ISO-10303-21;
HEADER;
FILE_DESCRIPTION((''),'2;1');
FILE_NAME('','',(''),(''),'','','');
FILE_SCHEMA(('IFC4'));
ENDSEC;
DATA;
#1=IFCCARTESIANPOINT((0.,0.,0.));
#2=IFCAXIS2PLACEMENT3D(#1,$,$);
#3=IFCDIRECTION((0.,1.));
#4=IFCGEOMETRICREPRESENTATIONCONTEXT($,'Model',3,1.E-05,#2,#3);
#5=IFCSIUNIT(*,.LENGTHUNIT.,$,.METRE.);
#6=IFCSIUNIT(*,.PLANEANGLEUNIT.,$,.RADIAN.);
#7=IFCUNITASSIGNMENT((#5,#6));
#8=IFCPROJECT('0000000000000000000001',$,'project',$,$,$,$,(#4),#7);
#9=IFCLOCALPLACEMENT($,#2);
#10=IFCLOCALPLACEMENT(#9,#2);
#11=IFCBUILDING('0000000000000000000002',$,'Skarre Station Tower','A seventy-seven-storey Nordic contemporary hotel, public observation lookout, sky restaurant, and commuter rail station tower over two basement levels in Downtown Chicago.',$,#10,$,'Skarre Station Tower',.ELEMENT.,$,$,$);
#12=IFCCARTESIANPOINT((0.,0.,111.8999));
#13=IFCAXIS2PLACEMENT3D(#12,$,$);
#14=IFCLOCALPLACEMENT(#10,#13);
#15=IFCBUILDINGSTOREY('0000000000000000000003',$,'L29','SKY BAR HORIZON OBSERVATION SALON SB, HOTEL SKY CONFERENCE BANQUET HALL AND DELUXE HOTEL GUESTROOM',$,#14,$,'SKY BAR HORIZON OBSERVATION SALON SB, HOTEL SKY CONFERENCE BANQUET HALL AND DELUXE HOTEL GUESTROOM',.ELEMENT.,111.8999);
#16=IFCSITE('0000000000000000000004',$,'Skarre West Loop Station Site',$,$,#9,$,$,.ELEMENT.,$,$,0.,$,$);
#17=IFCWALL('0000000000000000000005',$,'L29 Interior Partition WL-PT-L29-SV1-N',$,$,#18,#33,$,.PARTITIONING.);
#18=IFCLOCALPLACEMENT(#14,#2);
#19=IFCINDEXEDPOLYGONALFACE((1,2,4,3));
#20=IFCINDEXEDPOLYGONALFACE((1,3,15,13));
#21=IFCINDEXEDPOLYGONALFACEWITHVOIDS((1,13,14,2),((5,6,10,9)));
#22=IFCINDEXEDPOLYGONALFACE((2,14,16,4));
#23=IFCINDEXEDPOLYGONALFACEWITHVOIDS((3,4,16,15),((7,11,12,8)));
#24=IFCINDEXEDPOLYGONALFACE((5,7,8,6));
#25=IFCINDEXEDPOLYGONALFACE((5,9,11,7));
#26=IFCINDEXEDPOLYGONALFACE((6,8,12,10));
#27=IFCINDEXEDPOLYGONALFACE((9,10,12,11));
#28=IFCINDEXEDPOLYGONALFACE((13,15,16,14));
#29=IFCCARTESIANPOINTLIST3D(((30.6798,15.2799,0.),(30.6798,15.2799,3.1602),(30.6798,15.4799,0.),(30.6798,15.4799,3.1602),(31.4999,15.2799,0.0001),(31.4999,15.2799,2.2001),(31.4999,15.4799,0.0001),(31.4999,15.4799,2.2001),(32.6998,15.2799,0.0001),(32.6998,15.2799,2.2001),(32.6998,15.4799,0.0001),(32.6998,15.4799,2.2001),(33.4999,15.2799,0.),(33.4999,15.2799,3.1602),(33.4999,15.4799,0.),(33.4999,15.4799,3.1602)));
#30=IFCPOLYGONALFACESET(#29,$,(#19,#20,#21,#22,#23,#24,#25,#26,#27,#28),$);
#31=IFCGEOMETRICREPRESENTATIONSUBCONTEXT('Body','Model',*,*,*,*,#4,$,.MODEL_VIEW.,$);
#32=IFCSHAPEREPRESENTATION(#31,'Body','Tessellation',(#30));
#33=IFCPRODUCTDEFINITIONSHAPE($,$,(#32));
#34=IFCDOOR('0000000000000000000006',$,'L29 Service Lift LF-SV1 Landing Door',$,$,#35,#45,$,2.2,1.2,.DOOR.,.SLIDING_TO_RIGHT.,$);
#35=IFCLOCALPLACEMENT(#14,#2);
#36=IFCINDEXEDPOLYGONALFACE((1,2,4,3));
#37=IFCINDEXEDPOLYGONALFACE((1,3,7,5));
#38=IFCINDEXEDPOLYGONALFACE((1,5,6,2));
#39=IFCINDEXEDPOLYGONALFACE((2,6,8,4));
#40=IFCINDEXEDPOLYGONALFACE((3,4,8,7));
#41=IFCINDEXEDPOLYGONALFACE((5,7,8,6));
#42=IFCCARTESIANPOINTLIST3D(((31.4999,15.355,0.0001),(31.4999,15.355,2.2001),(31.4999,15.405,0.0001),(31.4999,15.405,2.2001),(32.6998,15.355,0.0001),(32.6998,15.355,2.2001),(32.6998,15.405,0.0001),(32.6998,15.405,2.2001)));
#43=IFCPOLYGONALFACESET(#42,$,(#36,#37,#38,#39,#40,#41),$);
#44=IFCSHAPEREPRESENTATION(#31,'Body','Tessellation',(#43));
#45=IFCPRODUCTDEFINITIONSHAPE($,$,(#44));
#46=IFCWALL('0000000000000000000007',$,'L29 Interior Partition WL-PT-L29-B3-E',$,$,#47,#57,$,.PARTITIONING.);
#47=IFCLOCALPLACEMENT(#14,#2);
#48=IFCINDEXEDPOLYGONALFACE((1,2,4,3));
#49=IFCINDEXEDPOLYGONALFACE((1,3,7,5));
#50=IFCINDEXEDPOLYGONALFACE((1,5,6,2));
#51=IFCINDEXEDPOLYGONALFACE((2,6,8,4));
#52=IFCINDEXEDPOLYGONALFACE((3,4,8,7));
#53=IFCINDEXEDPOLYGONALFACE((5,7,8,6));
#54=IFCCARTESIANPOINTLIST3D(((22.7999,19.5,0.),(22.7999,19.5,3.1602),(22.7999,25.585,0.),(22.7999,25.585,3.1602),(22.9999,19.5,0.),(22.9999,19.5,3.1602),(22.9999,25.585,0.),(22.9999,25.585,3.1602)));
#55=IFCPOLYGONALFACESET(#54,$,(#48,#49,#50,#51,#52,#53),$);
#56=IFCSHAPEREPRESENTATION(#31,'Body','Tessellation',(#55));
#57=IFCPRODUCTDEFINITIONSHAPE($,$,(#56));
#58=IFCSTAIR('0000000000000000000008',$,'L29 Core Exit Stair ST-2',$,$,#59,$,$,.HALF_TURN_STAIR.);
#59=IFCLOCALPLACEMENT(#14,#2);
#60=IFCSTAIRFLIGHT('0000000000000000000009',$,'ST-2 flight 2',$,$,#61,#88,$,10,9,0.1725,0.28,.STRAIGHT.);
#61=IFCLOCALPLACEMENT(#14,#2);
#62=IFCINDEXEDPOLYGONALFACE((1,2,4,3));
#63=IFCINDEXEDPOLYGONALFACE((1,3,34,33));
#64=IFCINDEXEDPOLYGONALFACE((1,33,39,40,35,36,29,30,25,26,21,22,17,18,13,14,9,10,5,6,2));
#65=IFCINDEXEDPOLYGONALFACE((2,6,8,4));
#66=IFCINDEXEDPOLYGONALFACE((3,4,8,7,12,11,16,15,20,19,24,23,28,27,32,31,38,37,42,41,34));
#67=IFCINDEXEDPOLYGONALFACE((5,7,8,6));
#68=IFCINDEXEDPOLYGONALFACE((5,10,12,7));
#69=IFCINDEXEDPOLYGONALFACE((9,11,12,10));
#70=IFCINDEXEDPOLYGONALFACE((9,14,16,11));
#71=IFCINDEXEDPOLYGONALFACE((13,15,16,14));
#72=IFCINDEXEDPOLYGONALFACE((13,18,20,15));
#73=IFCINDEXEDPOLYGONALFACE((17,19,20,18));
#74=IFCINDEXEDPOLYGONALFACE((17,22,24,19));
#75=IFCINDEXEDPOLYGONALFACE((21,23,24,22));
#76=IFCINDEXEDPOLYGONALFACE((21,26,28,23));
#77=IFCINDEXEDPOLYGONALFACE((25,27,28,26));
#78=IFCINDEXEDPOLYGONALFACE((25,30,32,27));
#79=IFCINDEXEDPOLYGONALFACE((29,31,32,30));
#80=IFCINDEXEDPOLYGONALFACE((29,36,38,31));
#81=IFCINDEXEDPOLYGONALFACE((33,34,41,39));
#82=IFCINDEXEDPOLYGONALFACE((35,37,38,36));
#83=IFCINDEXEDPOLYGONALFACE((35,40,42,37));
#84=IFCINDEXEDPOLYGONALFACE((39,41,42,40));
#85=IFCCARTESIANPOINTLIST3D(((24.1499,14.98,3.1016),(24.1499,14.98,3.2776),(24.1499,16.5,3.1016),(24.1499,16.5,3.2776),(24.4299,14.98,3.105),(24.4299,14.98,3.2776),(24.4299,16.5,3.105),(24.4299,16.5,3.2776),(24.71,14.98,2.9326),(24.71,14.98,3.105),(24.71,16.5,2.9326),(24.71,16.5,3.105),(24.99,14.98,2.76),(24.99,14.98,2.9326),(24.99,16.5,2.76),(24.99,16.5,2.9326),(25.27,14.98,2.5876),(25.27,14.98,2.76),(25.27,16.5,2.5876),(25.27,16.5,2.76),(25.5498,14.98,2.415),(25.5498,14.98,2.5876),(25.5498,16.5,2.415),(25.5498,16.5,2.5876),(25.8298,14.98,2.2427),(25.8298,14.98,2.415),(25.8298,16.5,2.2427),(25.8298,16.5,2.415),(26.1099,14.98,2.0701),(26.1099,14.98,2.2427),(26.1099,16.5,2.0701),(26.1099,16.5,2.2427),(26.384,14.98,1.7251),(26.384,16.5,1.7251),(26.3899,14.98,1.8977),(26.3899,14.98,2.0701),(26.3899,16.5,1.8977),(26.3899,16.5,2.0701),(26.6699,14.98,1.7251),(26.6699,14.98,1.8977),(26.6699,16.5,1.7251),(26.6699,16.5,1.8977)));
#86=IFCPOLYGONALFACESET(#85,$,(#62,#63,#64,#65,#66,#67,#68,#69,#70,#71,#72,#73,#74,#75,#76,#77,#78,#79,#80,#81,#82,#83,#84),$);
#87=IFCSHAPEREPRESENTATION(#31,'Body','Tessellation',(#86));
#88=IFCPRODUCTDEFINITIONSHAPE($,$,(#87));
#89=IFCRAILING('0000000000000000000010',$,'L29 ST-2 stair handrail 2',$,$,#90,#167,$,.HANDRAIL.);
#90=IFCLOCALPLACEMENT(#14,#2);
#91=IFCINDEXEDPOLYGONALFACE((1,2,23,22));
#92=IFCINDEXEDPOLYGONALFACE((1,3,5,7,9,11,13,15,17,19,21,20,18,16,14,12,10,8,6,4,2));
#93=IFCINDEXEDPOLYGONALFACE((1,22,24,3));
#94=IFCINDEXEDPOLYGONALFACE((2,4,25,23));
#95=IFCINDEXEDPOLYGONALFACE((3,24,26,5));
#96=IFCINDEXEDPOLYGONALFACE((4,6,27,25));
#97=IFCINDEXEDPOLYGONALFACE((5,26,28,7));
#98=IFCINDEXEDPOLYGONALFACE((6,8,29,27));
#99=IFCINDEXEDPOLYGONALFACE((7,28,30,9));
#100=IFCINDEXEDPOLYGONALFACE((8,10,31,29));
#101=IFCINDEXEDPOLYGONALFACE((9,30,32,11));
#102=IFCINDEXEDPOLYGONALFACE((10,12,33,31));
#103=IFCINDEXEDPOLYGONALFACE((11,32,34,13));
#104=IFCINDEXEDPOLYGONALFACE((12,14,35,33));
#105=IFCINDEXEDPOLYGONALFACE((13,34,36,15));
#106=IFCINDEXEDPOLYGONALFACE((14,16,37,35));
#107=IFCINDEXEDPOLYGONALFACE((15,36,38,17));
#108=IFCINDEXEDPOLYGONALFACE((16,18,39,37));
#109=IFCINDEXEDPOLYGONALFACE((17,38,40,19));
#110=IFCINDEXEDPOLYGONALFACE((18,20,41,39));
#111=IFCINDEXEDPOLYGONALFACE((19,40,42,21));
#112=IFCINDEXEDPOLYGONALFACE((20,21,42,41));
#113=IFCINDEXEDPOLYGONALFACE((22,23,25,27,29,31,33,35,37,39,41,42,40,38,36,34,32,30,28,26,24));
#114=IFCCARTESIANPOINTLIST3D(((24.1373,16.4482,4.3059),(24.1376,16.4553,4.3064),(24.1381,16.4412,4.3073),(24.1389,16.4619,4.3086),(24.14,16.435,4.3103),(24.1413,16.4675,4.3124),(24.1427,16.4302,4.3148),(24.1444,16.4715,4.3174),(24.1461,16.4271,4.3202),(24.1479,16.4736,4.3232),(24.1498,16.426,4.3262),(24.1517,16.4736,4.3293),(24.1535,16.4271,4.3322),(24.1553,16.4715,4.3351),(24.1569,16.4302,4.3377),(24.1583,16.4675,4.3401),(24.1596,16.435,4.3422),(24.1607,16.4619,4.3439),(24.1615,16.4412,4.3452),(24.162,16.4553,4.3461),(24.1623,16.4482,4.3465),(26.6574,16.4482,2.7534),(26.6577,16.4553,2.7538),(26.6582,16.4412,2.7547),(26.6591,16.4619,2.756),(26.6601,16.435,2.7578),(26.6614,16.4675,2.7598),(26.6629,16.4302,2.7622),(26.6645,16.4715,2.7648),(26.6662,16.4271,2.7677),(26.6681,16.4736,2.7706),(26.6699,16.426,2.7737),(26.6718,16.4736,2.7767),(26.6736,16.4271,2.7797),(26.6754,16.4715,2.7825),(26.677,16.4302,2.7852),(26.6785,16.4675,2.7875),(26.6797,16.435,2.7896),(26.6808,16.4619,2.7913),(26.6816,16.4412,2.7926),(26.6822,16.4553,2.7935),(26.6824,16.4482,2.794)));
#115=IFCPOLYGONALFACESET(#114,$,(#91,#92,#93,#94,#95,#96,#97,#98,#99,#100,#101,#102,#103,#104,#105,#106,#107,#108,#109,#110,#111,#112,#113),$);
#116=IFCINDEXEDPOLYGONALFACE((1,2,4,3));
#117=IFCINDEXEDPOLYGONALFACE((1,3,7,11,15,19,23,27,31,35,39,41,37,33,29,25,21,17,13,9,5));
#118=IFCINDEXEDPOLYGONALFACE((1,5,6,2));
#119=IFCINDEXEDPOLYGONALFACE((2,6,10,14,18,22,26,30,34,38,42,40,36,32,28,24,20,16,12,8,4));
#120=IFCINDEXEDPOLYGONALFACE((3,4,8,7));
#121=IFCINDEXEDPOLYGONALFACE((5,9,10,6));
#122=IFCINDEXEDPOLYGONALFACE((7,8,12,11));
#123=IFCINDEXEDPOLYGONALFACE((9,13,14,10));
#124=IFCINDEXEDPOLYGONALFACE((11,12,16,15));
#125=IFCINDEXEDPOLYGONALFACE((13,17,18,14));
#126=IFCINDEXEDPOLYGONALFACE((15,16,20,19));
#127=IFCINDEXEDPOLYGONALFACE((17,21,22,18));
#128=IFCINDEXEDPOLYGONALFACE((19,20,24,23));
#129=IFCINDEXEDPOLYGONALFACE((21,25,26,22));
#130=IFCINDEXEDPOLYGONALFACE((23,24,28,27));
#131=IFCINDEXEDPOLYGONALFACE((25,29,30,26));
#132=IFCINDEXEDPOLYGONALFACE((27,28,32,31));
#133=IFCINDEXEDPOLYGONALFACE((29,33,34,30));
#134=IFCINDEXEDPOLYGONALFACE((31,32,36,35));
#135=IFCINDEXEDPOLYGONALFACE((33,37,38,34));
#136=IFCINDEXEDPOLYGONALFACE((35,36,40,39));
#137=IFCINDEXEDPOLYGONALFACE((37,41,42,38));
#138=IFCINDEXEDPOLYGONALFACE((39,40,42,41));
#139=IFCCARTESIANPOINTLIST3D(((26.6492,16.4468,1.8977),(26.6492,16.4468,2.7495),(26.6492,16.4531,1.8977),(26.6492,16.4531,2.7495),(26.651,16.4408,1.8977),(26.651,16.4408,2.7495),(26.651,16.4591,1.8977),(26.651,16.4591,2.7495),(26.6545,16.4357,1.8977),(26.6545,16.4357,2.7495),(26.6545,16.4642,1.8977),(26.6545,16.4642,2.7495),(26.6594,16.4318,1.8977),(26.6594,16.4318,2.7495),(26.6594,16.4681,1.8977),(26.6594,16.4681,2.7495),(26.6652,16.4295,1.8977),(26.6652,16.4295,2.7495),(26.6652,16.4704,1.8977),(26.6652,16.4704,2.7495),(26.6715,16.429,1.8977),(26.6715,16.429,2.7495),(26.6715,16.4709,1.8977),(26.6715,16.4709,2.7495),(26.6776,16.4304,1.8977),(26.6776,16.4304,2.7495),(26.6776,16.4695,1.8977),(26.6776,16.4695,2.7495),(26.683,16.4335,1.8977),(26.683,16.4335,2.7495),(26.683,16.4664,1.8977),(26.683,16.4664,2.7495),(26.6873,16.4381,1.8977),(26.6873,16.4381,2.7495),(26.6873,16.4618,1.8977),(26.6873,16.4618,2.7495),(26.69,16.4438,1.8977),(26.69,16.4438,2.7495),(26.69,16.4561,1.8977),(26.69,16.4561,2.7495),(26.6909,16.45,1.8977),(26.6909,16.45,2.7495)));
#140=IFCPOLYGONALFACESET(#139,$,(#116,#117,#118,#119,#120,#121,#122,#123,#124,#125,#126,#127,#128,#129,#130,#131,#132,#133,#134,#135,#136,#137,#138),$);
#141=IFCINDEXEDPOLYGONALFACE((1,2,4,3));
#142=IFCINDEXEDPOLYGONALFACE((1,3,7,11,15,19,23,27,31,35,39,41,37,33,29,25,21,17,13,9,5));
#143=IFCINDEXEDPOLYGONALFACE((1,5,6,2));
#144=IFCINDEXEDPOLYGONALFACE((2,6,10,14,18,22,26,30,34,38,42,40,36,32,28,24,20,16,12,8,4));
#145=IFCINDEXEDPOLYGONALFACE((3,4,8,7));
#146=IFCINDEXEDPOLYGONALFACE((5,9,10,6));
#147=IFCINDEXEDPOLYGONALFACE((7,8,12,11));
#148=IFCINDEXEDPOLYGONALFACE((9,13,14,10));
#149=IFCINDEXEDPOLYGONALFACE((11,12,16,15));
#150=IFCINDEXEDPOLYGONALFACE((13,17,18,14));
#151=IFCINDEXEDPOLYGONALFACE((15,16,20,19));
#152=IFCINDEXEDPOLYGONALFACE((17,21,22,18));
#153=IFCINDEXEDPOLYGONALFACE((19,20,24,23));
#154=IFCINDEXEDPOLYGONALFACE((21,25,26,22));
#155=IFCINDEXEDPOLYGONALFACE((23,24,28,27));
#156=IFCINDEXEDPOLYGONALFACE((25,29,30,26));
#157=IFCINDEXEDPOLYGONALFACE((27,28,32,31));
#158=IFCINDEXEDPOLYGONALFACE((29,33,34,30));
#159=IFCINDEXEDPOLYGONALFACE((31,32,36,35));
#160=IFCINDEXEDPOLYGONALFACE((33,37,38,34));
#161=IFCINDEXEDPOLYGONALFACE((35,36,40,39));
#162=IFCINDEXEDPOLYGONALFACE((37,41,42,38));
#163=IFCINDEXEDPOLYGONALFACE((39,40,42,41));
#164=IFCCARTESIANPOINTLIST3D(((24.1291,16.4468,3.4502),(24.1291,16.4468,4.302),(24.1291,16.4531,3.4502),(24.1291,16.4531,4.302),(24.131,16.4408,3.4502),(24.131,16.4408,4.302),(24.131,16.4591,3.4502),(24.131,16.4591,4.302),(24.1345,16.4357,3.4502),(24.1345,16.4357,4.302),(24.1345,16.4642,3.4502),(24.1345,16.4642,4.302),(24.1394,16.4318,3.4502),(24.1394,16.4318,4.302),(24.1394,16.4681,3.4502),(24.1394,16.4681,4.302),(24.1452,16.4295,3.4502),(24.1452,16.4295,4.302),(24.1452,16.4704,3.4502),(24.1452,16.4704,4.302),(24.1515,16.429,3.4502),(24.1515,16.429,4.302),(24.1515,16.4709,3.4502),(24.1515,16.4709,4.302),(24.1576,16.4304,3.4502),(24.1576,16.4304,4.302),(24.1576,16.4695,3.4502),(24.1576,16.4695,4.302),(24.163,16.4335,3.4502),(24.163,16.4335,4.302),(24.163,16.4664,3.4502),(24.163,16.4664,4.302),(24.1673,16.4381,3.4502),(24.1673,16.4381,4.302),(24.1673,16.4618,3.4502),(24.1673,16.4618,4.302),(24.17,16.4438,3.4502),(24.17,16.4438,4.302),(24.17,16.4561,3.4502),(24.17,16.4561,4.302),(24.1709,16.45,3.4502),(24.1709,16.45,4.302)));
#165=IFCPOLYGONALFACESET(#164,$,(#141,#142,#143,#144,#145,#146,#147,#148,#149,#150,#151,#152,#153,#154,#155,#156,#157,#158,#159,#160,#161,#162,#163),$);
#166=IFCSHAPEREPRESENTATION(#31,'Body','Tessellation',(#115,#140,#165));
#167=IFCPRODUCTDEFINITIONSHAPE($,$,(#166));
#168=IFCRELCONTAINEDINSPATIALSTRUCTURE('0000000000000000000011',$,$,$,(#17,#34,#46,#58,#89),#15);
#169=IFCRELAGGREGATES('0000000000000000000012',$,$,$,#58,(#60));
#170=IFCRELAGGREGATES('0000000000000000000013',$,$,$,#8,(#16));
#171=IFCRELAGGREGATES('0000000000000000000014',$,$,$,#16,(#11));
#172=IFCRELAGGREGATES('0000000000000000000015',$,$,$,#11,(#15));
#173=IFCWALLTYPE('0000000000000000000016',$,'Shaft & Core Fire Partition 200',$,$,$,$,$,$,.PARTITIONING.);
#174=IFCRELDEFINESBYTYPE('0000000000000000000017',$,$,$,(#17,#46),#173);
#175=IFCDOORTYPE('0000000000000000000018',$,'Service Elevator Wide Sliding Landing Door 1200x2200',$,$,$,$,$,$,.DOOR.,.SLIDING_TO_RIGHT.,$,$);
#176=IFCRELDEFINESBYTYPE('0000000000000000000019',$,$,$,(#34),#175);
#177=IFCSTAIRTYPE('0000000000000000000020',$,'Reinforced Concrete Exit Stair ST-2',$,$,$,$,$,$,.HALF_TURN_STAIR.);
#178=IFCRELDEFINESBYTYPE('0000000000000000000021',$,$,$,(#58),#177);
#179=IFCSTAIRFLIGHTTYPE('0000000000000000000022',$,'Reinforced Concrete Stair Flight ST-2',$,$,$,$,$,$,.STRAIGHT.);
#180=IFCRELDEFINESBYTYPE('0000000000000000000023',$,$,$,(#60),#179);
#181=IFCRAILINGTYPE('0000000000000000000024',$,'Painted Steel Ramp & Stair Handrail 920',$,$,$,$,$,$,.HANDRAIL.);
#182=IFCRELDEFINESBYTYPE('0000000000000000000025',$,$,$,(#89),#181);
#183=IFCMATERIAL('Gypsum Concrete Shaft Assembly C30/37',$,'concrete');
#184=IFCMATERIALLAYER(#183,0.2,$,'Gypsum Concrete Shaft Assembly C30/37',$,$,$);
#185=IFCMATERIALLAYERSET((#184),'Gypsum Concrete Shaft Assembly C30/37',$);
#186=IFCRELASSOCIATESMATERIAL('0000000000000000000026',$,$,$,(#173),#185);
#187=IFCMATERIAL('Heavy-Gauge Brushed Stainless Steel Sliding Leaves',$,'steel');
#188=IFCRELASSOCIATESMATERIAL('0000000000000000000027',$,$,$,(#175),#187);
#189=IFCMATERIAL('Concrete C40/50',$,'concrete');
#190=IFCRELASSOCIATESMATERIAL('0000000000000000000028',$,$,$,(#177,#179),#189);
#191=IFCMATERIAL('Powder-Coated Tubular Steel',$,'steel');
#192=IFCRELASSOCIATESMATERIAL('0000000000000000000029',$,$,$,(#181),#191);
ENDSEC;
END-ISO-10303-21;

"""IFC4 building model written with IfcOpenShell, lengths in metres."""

from ifc_helpers import new_model, si_unit, direction, frame, frame_2d, origin, origin_2d, place, context, subcontext, project, spatial, polyline, rectangle, circle, outline, extrude, material, layer, layer_set, type_object, element, fill, aggregate, save


model = new_model("IFC4")

# Units and contexts
model_context = context("Model", 3, precision=1e-05, world=origin(), true_north=direction((0.0, 1.0)))
body_context = subcontext(model_context, "Body", "Model", "MODEL_VIEW")
ifc_project = project(units=[si_unit("LENGTHUNIT", "METRE"), si_unit("PLANEANGLEUNIT", "RADIAN")], contexts=[model_context])

# Site, building, storey
site_placement = place(None, origin())
site = spatial("IfcSite", under=ifc_project, at=site_placement, Name="Skarre West Loop Station Site", CompositionType="ELEMENT", RefElevation=0.0)
building_placement = place(site_placement, origin())
building = spatial("IfcBuilding", under=site, at=building_placement, Name="Skarre Station Tower", Description="A seventy-seven-storey Nordic contemporary hotel, public observation lookout, sky restaurant, and commuter rail station tower over two basement levels in Downtown Chicago.", LongName="Skarre Station Tower", CompositionType="ELEMENT")
storey_placement = place(building_placement, frame((0.0, 0.0, 111.8999)))
storey = spatial("IfcBuildingStorey", under=building, at=storey_placement, Name="L29", Description="SKY BAR HORIZON OBSERVATION SALON SB, HOTEL SKY CONFERENCE BANQUET HALL AND DELUXE HOTEL GUESTROOM", LongName="SKY BAR HORIZON OBSERVATION SALON SB, HOTEL SKY CONFERENCE BANQUET HALL AND DELUXE HOTEL GUESTROOM", CompositionType="ELEMENT", Elevation=111.8999)

# Wall, opening, door
ifc_material_1 = material(Name="Gypsum Concrete Shaft Assembly C30/37", Category="concrete")
ifc_layer_1 = layer(ifc_material_1, 0.2, Name="Gypsum Concrete Shaft Assembly C30/37")
ifc_layer_set_1 = layer_set([ifc_layer_1], Name="Gypsum Concrete Shaft Assembly C30/37")
wall_type_1 = type_object("IfcWallType", Name="Shaft & Core Fire Partition 200", PredefinedType="PARTITIONING", material=ifc_layer_set_1)
wall_1_placement = place(storey_placement, frame((33.5, 15.3799, 0.0), z_axis=(0.0, 0.0, 1.0), x_axis=(-1.0, 0.0, 0.0)))
wall_1 = element("IfcWall", 1, at=wall_1_placement, inside=storey, type_object=wall_type_1, Name="L29 Interior Partition WL-PT-L29-SV1-N", PredefinedType="PARTITIONING", context=body_context, shape_type="SweptSolid", body=[
    extrude(rectangle(XDim=2.8201, YDim=0.2, at=frame_2d((1.4102, 0.0))), origin(), (0.0, 0.0, 1.0), 3.1602),
])
opening_1_placement = place(wall_1_placement, frame((0.8, 0.0, 0.0)))
opening_1 = element("IfcOpeningElement", 2, at=opening_1_placement, cuts=wall_1, PredefinedType="OPENING", context=body_context, shape_type="SweptSolid", body=[
    extrude(rectangle(XDim=1.2, YDim=2.2, at=frame_2d((0.6001, 1.1001))), frame((0.0, 0.1099, 0.0), z_axis=(0.0, -1.0, 0.0), x_axis=(1.0, 0.0, 0.0)), (0.0, 0.0, 1.0), 0.22),
])
ifc_material_2 = material(Name="Heavy-Gauge Brushed Stainless Steel Sliding Leaves", Category="steel")
door_type_1 = type_object("IfcDoorType", Name="Service Elevator Wide Sliding Landing Door 1200x2200", OperationType="SLIDING_TO_RIGHT", PredefinedType="DOOR", material=ifc_material_2)
door_1_placement = place(opening_1_placement, origin())
door_1 = element("IfcDoor", 3, at=door_1_placement, inside=storey, type_object=door_type_1, Name="L29 Service Lift LF-SV1 Landing Door", OperationType="SLIDING_TO_RIGHT", OverallHeight=2.2, OverallWidth=1.2, PredefinedType="DOOR", context=body_context, shape_type="SweptSolid", body=[
    extrude(rectangle(XDim=1.2, YDim=2.2, at=frame_2d((0.6001, 1.1001))), frame((0.0, 0.0249, 0.0), z_axis=(0.0, -1.0, 0.0), x_axis=(1.0, 0.0, 0.0)), (0.0, 0.0, 1.0), 0.05),
])
fill(opening_1, door_1)

# Wall
wall_2_placement = place(storey_placement, frame((22.8999, 19.5, 0.0), z_axis=(0.0, 0.0, 1.0), x_axis=(0.0, 1.0, 0.0)))
element("IfcWall", 4, at=wall_2_placement, inside=storey, type_object=wall_type_1, Name="L29 Interior Partition WL-PT-L29-B3-E", PredefinedType="PARTITIONING", context=body_context, shape_type="SweptSolid", body=[
    extrude(rectangle(XDim=6.085, YDim=0.2, at=frame_2d((3.0425, 0.0))), origin(), (0.0, 0.0, 1.0), 3.1602),
])

# Stair, stair flight
ifc_material_3 = material(Name="Concrete C40/50", Category="concrete")
stair_type = type_object("IfcStairType", Name="Reinforced Concrete Exit Stair ST-2", PredefinedType="HALF_TURN_STAIR", material=ifc_material_3)
stair_placement = place(storey_placement, origin())
stair = element("IfcStair", 5, at=stair_placement, inside=storey, type_object=stair_type, Name="L29 Core Exit Stair ST-2", PredefinedType="HALF_TURN_STAIR")
stair_flight_type = type_object("IfcStairFlightType", Name="Reinforced Concrete Stair Flight ST-2", PredefinedType="STRAIGHT", material=ifc_material_3)
stair_flight_placement = place(storey_placement, frame((26.6699, 15.74, 1.7251), z_axis=(0.0, 0.0, 1.0), x_axis=(-1.0, 0.0, 0.0)))
stair_flight = element("IfcStairFlight", 6, at=stair_flight_placement, type_object=stair_flight_type, Name="ST-2 flight 2", NumberOfRisers=10, NumberOfTreads=9, PredefinedType="STRAIGHT", RiserHeight=0.1725, TreadLength=0.28, context=body_context, shape_type="SweptSolid", body=[
    extrude(outline(polyline([(0.0, 0.0), (0.0, 0.1726), (0.28, 0.1726), (0.28, 0.345), (0.5601, 0.345), (0.5601, 0.5176), (0.8401, 0.5176), (0.8401, 0.6899), (1.1201, 0.6899), (1.1201, 0.8625), (1.3999, 0.8625), (1.3999, 1.0349), (1.6799, 1.0349), (1.6799, 1.2075), (1.96, 1.2075), (1.96, 1.3799), (2.24, 1.3799), (2.24, 1.5525), (2.52, 1.5525), (2.52, 1.7251), (2.52, 1.3765), (0.2859, 0.0), (0.0, 0.0)])), frame((0.0, 0.76, 0.0), z_axis=(0.0, -1.0, 0.0), x_axis=(1.0, 0.0, 0.0)), (0.0, 0.0, 1.0), 1.52),
])
aggregate(stair, [stair_flight])

# Railing
ifc_material_4 = material(Name="Powder-Coated Tubular Steel", Category="steel")
railing_type_1 = type_object("IfcRailingType", Name="Painted Steel Ramp & Stair Handrail 920", PredefinedType="HANDRAIL", material=ifc_material_4)
railing_1_placement = place(storey_placement, frame((26.6699, 16.45, 1.8977)))
element("IfcRailing", 7, at=railing_1_placement, inside=storey, type_object=railing_type_1, Name="L29 ST-2 stair handrail 2", PredefinedType="HANDRAIL", context=body_context, shape_type="SweptSolid", body=[
    extrude(circle(Radius=0.0239, at=origin_2d()), frame((0.0, 0.0, 0.876), z_axis=(-0.8514, 0.0, 0.524516), x_axis=(0.0, -1.0, 0.0)), (0.0, 0.0, 1.0), 2.96),
    extrude(circle(Radius=0.021, at=origin_2d()), origin(), (0.0, 0.0, 1.0), 0.8518),
    extrude(circle(Radius=0.021, at=origin_2d()), frame((-2.52, 0.0, 1.5525)), (0.0, 0.0, 1.0), 0.8518),
])

save(model, "model.ifc")
